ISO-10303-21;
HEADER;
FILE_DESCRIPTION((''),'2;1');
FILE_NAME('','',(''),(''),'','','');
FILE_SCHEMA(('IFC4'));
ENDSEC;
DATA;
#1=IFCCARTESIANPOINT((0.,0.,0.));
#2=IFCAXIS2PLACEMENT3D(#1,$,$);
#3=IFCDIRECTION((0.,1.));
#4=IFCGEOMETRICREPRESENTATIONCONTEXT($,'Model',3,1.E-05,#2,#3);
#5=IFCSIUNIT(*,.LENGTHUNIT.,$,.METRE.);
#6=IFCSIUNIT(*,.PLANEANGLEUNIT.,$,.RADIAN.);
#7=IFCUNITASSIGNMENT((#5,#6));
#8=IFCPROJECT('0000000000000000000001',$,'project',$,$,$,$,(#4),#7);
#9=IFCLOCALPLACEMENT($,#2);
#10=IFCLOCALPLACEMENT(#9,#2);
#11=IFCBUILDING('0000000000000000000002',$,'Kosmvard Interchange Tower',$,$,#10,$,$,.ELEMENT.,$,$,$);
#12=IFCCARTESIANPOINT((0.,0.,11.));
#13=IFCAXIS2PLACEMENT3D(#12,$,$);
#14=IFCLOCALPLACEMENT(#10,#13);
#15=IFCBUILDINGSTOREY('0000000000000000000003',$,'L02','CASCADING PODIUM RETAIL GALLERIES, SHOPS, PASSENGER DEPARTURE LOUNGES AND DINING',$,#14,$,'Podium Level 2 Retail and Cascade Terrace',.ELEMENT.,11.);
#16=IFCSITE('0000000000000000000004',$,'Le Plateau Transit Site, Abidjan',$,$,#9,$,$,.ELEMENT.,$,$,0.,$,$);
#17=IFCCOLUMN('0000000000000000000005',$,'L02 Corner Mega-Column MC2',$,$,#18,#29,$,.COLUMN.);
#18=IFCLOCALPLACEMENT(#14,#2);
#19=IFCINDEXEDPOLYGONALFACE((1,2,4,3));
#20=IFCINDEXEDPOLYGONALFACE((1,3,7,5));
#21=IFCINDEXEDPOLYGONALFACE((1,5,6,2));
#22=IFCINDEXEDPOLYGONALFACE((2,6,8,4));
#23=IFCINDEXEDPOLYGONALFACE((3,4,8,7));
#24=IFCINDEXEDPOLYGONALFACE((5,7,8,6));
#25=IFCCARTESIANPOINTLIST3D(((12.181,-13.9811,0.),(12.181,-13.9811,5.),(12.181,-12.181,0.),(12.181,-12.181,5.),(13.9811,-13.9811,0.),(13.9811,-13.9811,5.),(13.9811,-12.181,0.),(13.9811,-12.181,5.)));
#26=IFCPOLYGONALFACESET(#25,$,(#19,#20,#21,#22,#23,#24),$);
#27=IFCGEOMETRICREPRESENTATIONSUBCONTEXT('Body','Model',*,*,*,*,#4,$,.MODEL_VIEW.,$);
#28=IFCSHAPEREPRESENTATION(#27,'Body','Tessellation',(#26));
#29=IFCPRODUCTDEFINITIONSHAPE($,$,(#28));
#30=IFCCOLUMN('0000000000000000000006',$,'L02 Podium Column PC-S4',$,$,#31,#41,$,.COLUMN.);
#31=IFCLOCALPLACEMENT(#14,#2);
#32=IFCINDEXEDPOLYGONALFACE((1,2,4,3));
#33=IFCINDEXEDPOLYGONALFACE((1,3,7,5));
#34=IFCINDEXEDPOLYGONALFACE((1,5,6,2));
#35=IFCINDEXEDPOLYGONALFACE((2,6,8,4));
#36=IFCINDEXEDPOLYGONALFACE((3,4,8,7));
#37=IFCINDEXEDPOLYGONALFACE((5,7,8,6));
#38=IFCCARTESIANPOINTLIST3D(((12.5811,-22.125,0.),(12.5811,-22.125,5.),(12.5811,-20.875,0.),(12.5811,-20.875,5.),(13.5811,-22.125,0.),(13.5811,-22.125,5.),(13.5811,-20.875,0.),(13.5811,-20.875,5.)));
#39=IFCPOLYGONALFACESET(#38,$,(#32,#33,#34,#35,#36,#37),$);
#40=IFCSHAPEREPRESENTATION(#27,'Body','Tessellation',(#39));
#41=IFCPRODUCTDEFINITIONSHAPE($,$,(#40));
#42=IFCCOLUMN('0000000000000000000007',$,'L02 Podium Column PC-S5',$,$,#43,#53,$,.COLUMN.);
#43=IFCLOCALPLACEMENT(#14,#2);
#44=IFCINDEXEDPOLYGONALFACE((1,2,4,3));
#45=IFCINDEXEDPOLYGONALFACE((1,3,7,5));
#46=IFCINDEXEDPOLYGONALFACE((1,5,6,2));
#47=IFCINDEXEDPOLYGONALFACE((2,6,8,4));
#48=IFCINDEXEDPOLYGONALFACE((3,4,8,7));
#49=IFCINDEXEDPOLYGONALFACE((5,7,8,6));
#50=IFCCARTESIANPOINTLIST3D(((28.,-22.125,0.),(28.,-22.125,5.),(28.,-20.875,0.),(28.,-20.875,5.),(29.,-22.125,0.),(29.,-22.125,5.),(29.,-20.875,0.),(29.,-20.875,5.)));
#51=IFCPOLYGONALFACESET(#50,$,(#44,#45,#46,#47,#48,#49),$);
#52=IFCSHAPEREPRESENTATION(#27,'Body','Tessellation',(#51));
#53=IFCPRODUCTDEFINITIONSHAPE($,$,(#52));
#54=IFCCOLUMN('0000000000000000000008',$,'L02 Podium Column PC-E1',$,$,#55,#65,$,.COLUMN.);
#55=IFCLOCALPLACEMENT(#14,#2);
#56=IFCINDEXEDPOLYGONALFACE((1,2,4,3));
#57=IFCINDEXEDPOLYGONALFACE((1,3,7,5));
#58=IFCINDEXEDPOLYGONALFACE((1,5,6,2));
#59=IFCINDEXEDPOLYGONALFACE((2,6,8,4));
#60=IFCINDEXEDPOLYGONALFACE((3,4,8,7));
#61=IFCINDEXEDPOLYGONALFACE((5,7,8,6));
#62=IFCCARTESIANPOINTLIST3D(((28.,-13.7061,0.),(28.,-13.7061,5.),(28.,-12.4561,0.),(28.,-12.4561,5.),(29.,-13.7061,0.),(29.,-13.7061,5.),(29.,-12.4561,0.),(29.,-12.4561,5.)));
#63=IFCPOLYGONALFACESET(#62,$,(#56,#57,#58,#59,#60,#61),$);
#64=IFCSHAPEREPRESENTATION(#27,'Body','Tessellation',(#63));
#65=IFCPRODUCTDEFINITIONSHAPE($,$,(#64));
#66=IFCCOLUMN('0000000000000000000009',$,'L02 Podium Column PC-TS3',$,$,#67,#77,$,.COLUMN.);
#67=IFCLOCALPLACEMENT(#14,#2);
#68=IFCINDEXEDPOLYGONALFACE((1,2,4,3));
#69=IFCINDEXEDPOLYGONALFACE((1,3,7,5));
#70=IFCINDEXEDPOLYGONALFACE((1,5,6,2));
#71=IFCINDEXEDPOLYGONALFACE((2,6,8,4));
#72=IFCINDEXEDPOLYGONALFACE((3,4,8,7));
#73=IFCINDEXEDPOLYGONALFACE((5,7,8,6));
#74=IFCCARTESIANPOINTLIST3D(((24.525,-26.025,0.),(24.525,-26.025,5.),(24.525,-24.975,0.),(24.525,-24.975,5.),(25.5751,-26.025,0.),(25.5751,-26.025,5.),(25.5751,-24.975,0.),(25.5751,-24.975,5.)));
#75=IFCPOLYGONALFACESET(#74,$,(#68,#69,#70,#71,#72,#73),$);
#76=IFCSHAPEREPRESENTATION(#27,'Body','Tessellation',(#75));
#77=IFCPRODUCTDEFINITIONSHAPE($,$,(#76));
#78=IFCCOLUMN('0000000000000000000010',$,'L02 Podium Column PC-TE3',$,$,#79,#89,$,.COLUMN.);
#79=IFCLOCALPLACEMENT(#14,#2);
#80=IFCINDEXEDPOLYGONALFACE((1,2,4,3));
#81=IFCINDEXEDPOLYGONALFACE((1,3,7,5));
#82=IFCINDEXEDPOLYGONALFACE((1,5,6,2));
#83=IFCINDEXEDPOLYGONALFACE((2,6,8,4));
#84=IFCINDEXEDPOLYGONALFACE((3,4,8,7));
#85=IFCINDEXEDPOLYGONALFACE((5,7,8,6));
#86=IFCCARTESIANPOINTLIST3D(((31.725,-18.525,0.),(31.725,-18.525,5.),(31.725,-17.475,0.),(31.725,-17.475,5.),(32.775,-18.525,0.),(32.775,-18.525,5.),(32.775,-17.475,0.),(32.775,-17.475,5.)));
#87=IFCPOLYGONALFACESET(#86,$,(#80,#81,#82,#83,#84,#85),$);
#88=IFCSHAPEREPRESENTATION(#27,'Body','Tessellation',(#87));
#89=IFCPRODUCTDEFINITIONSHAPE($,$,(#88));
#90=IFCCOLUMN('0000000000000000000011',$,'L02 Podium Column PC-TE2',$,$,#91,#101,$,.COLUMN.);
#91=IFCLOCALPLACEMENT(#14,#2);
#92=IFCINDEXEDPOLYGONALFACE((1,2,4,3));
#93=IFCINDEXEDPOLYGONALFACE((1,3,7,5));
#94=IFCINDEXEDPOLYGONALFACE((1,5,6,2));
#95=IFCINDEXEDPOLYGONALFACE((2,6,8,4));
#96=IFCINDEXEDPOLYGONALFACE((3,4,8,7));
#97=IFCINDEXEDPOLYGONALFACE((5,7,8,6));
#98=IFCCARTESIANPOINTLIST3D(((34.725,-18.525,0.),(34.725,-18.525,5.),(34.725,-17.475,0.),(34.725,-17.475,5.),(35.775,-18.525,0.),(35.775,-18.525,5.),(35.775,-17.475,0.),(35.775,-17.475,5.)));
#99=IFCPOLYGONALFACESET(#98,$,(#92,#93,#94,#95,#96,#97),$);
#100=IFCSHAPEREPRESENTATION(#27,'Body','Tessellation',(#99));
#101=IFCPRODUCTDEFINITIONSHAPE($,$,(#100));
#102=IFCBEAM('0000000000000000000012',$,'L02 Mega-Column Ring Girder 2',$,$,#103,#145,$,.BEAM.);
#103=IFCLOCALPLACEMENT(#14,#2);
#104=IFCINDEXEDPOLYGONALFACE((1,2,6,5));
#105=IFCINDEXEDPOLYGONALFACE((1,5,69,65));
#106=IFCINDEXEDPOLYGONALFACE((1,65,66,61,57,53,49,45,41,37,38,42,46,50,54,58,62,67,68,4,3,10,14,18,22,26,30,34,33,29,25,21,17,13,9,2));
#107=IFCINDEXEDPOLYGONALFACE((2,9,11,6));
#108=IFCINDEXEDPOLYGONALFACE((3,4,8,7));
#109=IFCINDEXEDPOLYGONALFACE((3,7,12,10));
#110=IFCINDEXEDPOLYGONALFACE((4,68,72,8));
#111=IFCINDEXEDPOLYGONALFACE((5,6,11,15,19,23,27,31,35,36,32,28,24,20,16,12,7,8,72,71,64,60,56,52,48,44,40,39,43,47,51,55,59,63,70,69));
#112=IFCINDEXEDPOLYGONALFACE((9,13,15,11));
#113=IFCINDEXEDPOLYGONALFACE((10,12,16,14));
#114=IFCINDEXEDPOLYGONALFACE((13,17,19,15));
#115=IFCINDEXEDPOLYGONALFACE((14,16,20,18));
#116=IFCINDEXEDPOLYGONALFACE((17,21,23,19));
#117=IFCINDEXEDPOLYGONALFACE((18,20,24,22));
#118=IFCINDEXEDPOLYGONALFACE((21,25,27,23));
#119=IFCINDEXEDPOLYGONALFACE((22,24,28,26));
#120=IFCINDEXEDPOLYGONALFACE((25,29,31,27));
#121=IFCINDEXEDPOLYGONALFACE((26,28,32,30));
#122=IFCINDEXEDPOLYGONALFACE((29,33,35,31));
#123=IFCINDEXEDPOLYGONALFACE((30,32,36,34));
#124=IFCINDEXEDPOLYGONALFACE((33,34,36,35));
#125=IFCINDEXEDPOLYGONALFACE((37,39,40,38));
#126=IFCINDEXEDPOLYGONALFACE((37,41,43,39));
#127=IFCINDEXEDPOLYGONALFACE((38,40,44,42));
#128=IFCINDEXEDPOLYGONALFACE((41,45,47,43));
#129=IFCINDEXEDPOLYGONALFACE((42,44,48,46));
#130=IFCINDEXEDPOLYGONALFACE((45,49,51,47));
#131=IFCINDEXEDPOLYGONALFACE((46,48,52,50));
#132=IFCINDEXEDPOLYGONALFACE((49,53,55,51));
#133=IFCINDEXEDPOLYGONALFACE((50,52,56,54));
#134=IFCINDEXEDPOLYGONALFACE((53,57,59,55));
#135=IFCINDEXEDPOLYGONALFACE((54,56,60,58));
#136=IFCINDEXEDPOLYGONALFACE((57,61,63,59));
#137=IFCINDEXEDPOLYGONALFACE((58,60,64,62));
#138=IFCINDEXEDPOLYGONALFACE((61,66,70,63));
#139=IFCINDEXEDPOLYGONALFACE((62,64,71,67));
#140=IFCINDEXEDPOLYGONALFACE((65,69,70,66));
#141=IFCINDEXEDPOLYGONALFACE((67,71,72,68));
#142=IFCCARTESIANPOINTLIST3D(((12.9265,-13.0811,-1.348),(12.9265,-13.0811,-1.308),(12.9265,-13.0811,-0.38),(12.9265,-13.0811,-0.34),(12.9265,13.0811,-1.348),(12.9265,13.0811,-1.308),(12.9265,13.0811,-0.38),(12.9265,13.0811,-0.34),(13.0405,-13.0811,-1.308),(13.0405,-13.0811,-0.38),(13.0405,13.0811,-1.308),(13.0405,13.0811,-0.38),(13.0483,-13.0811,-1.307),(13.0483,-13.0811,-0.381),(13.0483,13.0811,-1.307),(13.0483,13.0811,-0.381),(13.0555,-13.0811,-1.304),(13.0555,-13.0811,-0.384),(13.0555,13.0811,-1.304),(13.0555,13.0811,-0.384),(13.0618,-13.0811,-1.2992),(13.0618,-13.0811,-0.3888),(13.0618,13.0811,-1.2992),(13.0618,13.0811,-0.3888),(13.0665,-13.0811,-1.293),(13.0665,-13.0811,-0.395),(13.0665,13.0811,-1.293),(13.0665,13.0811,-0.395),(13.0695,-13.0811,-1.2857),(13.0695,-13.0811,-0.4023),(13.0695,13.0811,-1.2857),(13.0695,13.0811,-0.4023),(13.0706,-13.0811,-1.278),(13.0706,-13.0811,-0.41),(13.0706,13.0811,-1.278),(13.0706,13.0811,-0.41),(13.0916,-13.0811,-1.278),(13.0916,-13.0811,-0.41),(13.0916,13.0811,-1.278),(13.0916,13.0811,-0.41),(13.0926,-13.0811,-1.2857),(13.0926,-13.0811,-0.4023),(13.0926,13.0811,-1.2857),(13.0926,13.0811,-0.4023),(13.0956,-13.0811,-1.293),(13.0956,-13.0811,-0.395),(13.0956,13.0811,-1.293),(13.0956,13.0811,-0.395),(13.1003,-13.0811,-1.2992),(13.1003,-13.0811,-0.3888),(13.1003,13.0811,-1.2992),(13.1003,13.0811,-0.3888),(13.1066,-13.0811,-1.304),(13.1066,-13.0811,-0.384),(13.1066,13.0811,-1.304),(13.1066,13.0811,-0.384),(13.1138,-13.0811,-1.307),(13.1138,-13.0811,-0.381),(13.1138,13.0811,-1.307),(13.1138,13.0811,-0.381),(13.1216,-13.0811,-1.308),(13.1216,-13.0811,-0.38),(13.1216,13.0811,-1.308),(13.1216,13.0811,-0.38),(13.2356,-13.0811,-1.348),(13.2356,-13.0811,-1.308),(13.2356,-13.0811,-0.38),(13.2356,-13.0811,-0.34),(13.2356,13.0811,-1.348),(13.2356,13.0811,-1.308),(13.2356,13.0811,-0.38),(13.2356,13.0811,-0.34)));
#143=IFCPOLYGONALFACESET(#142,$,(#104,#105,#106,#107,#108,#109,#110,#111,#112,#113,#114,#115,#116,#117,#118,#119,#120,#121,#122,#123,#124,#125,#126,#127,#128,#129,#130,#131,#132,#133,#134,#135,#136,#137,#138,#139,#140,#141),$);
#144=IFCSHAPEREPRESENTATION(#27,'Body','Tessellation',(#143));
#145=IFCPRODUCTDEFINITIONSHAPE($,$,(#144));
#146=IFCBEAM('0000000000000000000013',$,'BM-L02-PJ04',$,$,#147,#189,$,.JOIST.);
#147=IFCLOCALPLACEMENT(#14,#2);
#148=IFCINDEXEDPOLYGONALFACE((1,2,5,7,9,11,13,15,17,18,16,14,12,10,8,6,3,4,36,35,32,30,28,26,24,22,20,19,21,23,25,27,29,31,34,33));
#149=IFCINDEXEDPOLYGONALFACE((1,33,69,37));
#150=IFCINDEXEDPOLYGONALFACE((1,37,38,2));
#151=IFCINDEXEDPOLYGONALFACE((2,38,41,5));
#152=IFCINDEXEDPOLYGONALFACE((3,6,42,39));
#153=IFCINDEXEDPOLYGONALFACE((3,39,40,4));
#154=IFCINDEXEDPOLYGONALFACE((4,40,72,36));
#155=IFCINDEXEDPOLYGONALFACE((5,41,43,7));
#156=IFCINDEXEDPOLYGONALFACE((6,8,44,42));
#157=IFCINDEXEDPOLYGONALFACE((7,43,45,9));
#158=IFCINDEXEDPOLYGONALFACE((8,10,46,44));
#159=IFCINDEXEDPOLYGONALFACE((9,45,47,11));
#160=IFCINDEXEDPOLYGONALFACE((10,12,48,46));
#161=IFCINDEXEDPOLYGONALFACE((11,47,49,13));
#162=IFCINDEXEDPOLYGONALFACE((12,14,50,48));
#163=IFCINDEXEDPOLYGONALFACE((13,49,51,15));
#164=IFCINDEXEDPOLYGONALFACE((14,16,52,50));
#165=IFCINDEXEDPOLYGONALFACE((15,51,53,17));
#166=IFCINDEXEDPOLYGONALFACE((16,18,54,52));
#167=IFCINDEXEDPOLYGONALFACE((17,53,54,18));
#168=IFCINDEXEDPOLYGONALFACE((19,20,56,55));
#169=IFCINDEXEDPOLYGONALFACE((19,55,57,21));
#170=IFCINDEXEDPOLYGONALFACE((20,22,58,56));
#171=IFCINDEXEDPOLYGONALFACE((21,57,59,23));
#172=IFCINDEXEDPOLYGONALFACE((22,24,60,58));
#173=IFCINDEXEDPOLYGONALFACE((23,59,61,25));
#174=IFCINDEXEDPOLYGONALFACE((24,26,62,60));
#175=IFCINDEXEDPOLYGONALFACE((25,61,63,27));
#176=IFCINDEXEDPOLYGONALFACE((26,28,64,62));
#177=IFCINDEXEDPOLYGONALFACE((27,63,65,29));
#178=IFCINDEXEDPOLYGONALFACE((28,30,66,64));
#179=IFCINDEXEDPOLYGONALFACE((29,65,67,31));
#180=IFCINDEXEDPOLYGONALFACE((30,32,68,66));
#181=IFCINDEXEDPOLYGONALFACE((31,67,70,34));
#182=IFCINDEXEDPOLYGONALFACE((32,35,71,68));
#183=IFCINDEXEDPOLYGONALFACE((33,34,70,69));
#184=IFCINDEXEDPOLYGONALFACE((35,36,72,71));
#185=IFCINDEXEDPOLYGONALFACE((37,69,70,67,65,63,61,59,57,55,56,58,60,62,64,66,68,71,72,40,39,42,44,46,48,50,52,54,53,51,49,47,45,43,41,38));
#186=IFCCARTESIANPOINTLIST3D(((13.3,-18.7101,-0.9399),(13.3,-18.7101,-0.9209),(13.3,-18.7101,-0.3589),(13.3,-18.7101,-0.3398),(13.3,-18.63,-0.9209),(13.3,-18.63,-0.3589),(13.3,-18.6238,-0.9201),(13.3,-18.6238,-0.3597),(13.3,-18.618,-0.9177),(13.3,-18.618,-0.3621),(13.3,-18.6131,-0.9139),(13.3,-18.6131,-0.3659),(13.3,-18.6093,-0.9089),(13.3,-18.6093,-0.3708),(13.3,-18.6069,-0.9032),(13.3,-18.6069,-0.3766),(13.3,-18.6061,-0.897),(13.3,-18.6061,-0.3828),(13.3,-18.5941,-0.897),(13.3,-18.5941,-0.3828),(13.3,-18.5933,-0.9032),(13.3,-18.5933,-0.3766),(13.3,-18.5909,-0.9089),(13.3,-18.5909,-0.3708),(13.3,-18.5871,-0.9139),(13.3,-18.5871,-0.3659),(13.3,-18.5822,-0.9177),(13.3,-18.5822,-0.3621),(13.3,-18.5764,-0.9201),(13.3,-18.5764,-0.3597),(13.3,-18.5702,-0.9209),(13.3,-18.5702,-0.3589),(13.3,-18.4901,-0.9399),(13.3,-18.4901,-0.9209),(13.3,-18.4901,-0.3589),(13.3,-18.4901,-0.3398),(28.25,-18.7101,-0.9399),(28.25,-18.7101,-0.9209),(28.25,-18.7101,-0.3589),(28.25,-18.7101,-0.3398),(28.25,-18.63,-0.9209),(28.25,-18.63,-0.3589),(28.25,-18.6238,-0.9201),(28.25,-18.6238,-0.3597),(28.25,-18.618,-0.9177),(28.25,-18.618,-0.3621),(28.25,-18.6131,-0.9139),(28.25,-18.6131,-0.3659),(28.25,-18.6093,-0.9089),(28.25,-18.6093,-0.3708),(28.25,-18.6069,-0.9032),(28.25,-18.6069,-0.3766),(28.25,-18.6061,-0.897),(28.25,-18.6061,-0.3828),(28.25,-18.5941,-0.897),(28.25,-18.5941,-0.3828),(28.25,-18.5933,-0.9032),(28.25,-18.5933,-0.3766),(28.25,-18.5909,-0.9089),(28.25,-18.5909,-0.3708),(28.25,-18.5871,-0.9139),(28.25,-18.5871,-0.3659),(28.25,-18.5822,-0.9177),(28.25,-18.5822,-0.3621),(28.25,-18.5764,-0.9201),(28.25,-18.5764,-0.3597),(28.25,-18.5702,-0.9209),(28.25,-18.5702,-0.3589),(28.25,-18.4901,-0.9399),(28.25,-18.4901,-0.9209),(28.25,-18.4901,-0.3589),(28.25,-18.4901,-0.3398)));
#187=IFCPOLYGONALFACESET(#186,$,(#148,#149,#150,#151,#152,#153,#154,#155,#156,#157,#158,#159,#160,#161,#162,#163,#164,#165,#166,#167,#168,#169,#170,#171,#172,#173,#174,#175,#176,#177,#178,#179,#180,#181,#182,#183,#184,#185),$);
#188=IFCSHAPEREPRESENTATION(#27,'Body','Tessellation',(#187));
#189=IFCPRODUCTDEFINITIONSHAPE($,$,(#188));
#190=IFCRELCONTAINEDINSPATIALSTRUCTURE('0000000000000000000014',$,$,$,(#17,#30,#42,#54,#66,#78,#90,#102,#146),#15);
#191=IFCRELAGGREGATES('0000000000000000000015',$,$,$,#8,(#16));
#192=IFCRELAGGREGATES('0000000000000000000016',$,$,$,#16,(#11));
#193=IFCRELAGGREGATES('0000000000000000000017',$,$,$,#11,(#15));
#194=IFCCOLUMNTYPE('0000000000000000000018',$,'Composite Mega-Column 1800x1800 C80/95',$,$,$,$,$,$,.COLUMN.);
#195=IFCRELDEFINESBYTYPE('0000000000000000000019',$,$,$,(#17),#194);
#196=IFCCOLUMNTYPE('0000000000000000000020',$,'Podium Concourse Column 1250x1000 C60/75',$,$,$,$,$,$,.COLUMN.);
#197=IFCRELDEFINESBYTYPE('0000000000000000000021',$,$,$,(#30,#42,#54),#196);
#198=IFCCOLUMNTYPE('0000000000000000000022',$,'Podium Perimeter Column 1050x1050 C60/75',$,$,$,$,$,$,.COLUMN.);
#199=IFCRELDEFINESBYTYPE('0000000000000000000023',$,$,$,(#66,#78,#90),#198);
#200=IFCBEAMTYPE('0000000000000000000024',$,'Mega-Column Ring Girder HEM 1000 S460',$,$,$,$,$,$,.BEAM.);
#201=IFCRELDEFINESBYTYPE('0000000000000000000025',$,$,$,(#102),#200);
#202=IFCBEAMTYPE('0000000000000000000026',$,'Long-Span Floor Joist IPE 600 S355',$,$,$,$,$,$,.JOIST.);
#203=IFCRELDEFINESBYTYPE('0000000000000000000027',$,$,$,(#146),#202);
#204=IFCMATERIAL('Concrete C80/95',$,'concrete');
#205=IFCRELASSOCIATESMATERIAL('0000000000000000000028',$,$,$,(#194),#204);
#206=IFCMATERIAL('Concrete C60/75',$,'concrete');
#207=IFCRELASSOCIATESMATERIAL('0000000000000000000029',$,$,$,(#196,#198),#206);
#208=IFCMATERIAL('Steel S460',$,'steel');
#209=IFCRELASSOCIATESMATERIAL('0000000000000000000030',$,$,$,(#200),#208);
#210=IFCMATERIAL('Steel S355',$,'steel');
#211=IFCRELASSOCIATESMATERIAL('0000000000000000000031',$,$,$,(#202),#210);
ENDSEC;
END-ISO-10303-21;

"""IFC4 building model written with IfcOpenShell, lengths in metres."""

from ifc_helpers import new_model, si_unit, direction, frame, origin, origin_2d, place, context, subcontext, project, spatial, rectangle, i_section, extrude, source, transform, mapped, material, material_profile, profile_set, type_object, element, save


model = new_model("IFC4")

# Units and contexts
model_context = context("Model", 3, precision=1e-05, world=origin(), true_north=direction((0.0, 1.0)))
body_context = subcontext(model_context, "Body", "Model", "MODEL_VIEW")
ifc_project = project(units=[si_unit("LENGTHUNIT", "METRE"), si_unit("PLANEANGLEUNIT", "RADIAN")], contexts=[model_context])

# Site, building, storey
site_placement = place(None, origin())
site = spatial("IfcSite", under=ifc_project, at=site_placement, Name="Le Plateau Transit Site, Abidjan", CompositionType="ELEMENT", RefElevation=0.0)
building_placement = place(site_placement, origin())
building = spatial("IfcBuilding", under=site, at=building_placement, Name="Kosmvard Interchange Tower", CompositionType="ELEMENT")
storey_placement = place(building_placement, frame((0.0, 0.0, 11.0)))
storey = spatial("IfcBuildingStorey", under=building, at=storey_placement, Name="L02", Description="CASCADING PODIUM RETAIL GALLERIES, SHOPS, PASSENGER DEPARTURE LOUNGES AND DINING", LongName="Podium Level 2 Retail and Cascade Terrace", CompositionType="ELEMENT", Elevation=11.0)

# Columns
ifc_material_1 = material(Name="Concrete C80/95", Category="concrete")
ifc_material_profile_1 = material_profile(ifc_material_1, rectangle(XDim=1.8, YDim=1.8, at=origin_2d()), Name="MC 1800x1800")
ifc_profile_set_1 = profile_set([ifc_material_profile_1], Name="Concrete C80/95")
column_type_1 = type_object("IfcColumnType", Name="Composite Mega-Column 1800x1800 C80/95", PredefinedType="COLUMN", material=ifc_profile_set_1)
shared_shape_1 = source(origin(), body_context, "Body", "SweptSolid", [
    extrude(rectangle(XDim=1.8, YDim=1.8, at=origin_2d()), origin(), (0.0, 0.0, 1.0), 5.0),
])
column_placement = place(storey_placement, frame((13.0811, -13.0811, 0.0), z_axis=(0.0, 0.0, 1.0), x_axis=(1.0, 0.0, 0.0)))
element("IfcColumn", 1, at=column_placement, inside=storey, type_object=column_type_1, Name="L02 Corner Mega-Column MC2", PredefinedType="COLUMN", context=body_context, shape_type="MappedRepresentation", body=[
    mapped(shared_shape_1, transform((0.0, 0.0, 0.0), scale=1.0)),
])
ifc_material_2 = material(Name="Concrete C60/75", Category="concrete")
ifc_material_profile_2 = material_profile(ifc_material_2, rectangle(XDim=1.0, YDim=1.25, at=origin_2d()), Name="PC 1250x1000")
ifc_profile_set_2 = profile_set([ifc_material_profile_2], Name="Concrete C60/75")
column_type_2 = type_object("IfcColumnType", Name="Podium Concourse Column 1250x1000 C60/75", PredefinedType="COLUMN", material=ifc_profile_set_2)
shared_shape_2 = source(origin(), body_context, "Body", "SweptSolid", [
    extrude(rectangle(XDim=1.0, YDim=1.25, at=origin_2d()), origin(), (0.0, 0.0, 1.0), 5.0),
])
for number, where, z_axis, x_axis, name in (
    (2, (13.0811, -21.5, 0.0), (0.0, 0.0, 1.0), (1.0, 0.0, 0.0), "L02 Podium Column PC-S4"),
    (3, (28.5, -21.5, 0.0), (0.0, 0.0, 1.0), (1.0, 0.0, 0.0), "L02 Podium Column PC-S5"),
    (4, (28.5, -13.0811, 0.0), (0.0, 0.0, 1.0), (1.0, 0.0, 0.0), "L02 Podium Column PC-E1"),
):
    element("IfcColumn", number, at=place(storey_placement, frame(where, z_axis=z_axis, x_axis=x_axis)), inside=storey, type_object=column_type_2, Name=name, PredefinedType="COLUMN", context=body_context, shape_type="MappedRepresentation", body=[
        mapped(shared_shape_2, transform((0.0, 0.0, 0.0), scale=1.0)),
    ])
ifc_material_profile_3 = material_profile(ifc_material_2, rectangle(XDim=1.05, YDim=1.05, at=origin_2d()), Name="PC 1050x1050")
ifc_profile_set_3 = profile_set([ifc_material_profile_3], Name="Concrete C60/75")
column_type_3 = type_object("IfcColumnType", Name="Podium Perimeter Column 1050x1050 C60/75", PredefinedType="COLUMN", material=ifc_profile_set_3)
shared_shape_3 = source(origin(), body_context, "Body", "SweptSolid", [
    extrude(rectangle(XDim=1.05, YDim=1.05, at=origin_2d()), origin(), (0.0, 0.0, 1.0), 5.0),
])
for number, where, z_axis, x_axis, name in (
    (5, (25.05, -25.5, 0.0), (0.0, 0.0, 1.0), (1.0, 0.0, 0.0), "L02 Podium Column PC-TS3"),
    (6, (32.25, -18.0, 0.0), (0.0, 0.0, 1.0), (1.0, 0.0, 0.0), "L02 Podium Column PC-TE3"),
    (7, (35.25, -18.0, 0.0), (0.0, 0.0, 1.0), (1.0, 0.0, 0.0), "L02 Podium Column PC-TE2"),
):
    element("IfcColumn", number, at=place(storey_placement, frame(where, z_axis=z_axis, x_axis=x_axis)), inside=storey, type_object=column_type_3, Name=name, PredefinedType="COLUMN", context=body_context, shape_type="MappedRepresentation", body=[
        mapped(shared_shape_3, transform((0.0, 0.0, 0.0), scale=1.0)),
    ])

# Beams
ifc_material_3 = material(Name="Steel S460", Category="steel")
ifc_material_profile_4 = material_profile(ifc_material_3, i_section(OverallWidth=0.3091, OverallDepth=1.0081, WebThickness=0.021, FlangeThickness=0.04, FilletRadius=0.03, at=origin_2d()), Name="HEM 1000")
ifc_profile_set_4 = profile_set([ifc_material_profile_4], Name="Steel S460")
beam_type_1 = type_object("IfcBeamType", Name="Mega-Column Ring Girder HEM 1000 S460", PredefinedType="BEAM", material=ifc_profile_set_4)
shared_shape_4 = source(origin(), body_context, "Body", "SweptSolid", [
    extrude(i_section(OverallWidth=0.3091, OverallDepth=1.0081, WebThickness=0.021, FlangeThickness=0.04, FilletRadius=0.03, at=origin_2d()), origin(), (0.0, 0.0, 1.0), 26.1621),
])
beam_1_placement = place(storey_placement, frame((13.0811, -13.0811, -0.844), z_axis=(0.0, 1.0, 0.0), x_axis=(-1.0, 0.0, 0.0)))
element("IfcBeam", 8, at=beam_1_placement, inside=storey, type_object=beam_type_1, Name="L02 Mega-Column Ring Girder 2", PredefinedType="BEAM", context=body_context, shape_type="MappedRepresentation", body=[
    mapped(shared_shape_4, transform((0.0, 0.0, 0.0), scale=1.0)),
])
ifc_material_4 = material(Name="Steel S355", Category="steel")
ifc_material_profile_5 = material_profile(ifc_material_4, i_section(OverallWidth=0.22, OverallDepth=0.6001, WebThickness=0.012, FlangeThickness=0.019, FilletRadius=0.0239, at=origin_2d()), Name="IPE 600")
ifc_profile_set_5 = profile_set([ifc_material_profile_5], Name="Steel S355")
beam_type_2 = type_object("IfcBeamType", Name="Long-Span Floor Joist IPE 600 S355", PredefinedType="JOIST", material=ifc_profile_set_5)
shared_shape_5 = source(origin(), body_context, "Body", "SweptSolid", [
    extrude(i_section(OverallWidth=0.22, OverallDepth=0.6001, WebThickness=0.012, FlangeThickness=0.019, FilletRadius=0.0239, at=origin_2d()), origin(), (0.0, 0.0, 1.0), 14.95),
])
for number, where, z_axis, x_axis, name in (
    (9, (13.3, -18.6001, -0.6399), (1.0, 0.0, 0.0), (0.0, 1.0, 0.0), "BM-L02-PJ04"),
):
    element("IfcBeam", number, at=place(storey_placement, frame(where, z_axis=z_axis, x_axis=x_axis)), inside=storey, type_object=beam_type_2, Name=name, PredefinedType="JOIST", context=body_context, shape_type="MappedRepresentation", body=[
        mapped(shared_shape_5, transform((0.0, 0.0, 0.0), scale=1.0)),
    ])

save(model, "model.ifc")
